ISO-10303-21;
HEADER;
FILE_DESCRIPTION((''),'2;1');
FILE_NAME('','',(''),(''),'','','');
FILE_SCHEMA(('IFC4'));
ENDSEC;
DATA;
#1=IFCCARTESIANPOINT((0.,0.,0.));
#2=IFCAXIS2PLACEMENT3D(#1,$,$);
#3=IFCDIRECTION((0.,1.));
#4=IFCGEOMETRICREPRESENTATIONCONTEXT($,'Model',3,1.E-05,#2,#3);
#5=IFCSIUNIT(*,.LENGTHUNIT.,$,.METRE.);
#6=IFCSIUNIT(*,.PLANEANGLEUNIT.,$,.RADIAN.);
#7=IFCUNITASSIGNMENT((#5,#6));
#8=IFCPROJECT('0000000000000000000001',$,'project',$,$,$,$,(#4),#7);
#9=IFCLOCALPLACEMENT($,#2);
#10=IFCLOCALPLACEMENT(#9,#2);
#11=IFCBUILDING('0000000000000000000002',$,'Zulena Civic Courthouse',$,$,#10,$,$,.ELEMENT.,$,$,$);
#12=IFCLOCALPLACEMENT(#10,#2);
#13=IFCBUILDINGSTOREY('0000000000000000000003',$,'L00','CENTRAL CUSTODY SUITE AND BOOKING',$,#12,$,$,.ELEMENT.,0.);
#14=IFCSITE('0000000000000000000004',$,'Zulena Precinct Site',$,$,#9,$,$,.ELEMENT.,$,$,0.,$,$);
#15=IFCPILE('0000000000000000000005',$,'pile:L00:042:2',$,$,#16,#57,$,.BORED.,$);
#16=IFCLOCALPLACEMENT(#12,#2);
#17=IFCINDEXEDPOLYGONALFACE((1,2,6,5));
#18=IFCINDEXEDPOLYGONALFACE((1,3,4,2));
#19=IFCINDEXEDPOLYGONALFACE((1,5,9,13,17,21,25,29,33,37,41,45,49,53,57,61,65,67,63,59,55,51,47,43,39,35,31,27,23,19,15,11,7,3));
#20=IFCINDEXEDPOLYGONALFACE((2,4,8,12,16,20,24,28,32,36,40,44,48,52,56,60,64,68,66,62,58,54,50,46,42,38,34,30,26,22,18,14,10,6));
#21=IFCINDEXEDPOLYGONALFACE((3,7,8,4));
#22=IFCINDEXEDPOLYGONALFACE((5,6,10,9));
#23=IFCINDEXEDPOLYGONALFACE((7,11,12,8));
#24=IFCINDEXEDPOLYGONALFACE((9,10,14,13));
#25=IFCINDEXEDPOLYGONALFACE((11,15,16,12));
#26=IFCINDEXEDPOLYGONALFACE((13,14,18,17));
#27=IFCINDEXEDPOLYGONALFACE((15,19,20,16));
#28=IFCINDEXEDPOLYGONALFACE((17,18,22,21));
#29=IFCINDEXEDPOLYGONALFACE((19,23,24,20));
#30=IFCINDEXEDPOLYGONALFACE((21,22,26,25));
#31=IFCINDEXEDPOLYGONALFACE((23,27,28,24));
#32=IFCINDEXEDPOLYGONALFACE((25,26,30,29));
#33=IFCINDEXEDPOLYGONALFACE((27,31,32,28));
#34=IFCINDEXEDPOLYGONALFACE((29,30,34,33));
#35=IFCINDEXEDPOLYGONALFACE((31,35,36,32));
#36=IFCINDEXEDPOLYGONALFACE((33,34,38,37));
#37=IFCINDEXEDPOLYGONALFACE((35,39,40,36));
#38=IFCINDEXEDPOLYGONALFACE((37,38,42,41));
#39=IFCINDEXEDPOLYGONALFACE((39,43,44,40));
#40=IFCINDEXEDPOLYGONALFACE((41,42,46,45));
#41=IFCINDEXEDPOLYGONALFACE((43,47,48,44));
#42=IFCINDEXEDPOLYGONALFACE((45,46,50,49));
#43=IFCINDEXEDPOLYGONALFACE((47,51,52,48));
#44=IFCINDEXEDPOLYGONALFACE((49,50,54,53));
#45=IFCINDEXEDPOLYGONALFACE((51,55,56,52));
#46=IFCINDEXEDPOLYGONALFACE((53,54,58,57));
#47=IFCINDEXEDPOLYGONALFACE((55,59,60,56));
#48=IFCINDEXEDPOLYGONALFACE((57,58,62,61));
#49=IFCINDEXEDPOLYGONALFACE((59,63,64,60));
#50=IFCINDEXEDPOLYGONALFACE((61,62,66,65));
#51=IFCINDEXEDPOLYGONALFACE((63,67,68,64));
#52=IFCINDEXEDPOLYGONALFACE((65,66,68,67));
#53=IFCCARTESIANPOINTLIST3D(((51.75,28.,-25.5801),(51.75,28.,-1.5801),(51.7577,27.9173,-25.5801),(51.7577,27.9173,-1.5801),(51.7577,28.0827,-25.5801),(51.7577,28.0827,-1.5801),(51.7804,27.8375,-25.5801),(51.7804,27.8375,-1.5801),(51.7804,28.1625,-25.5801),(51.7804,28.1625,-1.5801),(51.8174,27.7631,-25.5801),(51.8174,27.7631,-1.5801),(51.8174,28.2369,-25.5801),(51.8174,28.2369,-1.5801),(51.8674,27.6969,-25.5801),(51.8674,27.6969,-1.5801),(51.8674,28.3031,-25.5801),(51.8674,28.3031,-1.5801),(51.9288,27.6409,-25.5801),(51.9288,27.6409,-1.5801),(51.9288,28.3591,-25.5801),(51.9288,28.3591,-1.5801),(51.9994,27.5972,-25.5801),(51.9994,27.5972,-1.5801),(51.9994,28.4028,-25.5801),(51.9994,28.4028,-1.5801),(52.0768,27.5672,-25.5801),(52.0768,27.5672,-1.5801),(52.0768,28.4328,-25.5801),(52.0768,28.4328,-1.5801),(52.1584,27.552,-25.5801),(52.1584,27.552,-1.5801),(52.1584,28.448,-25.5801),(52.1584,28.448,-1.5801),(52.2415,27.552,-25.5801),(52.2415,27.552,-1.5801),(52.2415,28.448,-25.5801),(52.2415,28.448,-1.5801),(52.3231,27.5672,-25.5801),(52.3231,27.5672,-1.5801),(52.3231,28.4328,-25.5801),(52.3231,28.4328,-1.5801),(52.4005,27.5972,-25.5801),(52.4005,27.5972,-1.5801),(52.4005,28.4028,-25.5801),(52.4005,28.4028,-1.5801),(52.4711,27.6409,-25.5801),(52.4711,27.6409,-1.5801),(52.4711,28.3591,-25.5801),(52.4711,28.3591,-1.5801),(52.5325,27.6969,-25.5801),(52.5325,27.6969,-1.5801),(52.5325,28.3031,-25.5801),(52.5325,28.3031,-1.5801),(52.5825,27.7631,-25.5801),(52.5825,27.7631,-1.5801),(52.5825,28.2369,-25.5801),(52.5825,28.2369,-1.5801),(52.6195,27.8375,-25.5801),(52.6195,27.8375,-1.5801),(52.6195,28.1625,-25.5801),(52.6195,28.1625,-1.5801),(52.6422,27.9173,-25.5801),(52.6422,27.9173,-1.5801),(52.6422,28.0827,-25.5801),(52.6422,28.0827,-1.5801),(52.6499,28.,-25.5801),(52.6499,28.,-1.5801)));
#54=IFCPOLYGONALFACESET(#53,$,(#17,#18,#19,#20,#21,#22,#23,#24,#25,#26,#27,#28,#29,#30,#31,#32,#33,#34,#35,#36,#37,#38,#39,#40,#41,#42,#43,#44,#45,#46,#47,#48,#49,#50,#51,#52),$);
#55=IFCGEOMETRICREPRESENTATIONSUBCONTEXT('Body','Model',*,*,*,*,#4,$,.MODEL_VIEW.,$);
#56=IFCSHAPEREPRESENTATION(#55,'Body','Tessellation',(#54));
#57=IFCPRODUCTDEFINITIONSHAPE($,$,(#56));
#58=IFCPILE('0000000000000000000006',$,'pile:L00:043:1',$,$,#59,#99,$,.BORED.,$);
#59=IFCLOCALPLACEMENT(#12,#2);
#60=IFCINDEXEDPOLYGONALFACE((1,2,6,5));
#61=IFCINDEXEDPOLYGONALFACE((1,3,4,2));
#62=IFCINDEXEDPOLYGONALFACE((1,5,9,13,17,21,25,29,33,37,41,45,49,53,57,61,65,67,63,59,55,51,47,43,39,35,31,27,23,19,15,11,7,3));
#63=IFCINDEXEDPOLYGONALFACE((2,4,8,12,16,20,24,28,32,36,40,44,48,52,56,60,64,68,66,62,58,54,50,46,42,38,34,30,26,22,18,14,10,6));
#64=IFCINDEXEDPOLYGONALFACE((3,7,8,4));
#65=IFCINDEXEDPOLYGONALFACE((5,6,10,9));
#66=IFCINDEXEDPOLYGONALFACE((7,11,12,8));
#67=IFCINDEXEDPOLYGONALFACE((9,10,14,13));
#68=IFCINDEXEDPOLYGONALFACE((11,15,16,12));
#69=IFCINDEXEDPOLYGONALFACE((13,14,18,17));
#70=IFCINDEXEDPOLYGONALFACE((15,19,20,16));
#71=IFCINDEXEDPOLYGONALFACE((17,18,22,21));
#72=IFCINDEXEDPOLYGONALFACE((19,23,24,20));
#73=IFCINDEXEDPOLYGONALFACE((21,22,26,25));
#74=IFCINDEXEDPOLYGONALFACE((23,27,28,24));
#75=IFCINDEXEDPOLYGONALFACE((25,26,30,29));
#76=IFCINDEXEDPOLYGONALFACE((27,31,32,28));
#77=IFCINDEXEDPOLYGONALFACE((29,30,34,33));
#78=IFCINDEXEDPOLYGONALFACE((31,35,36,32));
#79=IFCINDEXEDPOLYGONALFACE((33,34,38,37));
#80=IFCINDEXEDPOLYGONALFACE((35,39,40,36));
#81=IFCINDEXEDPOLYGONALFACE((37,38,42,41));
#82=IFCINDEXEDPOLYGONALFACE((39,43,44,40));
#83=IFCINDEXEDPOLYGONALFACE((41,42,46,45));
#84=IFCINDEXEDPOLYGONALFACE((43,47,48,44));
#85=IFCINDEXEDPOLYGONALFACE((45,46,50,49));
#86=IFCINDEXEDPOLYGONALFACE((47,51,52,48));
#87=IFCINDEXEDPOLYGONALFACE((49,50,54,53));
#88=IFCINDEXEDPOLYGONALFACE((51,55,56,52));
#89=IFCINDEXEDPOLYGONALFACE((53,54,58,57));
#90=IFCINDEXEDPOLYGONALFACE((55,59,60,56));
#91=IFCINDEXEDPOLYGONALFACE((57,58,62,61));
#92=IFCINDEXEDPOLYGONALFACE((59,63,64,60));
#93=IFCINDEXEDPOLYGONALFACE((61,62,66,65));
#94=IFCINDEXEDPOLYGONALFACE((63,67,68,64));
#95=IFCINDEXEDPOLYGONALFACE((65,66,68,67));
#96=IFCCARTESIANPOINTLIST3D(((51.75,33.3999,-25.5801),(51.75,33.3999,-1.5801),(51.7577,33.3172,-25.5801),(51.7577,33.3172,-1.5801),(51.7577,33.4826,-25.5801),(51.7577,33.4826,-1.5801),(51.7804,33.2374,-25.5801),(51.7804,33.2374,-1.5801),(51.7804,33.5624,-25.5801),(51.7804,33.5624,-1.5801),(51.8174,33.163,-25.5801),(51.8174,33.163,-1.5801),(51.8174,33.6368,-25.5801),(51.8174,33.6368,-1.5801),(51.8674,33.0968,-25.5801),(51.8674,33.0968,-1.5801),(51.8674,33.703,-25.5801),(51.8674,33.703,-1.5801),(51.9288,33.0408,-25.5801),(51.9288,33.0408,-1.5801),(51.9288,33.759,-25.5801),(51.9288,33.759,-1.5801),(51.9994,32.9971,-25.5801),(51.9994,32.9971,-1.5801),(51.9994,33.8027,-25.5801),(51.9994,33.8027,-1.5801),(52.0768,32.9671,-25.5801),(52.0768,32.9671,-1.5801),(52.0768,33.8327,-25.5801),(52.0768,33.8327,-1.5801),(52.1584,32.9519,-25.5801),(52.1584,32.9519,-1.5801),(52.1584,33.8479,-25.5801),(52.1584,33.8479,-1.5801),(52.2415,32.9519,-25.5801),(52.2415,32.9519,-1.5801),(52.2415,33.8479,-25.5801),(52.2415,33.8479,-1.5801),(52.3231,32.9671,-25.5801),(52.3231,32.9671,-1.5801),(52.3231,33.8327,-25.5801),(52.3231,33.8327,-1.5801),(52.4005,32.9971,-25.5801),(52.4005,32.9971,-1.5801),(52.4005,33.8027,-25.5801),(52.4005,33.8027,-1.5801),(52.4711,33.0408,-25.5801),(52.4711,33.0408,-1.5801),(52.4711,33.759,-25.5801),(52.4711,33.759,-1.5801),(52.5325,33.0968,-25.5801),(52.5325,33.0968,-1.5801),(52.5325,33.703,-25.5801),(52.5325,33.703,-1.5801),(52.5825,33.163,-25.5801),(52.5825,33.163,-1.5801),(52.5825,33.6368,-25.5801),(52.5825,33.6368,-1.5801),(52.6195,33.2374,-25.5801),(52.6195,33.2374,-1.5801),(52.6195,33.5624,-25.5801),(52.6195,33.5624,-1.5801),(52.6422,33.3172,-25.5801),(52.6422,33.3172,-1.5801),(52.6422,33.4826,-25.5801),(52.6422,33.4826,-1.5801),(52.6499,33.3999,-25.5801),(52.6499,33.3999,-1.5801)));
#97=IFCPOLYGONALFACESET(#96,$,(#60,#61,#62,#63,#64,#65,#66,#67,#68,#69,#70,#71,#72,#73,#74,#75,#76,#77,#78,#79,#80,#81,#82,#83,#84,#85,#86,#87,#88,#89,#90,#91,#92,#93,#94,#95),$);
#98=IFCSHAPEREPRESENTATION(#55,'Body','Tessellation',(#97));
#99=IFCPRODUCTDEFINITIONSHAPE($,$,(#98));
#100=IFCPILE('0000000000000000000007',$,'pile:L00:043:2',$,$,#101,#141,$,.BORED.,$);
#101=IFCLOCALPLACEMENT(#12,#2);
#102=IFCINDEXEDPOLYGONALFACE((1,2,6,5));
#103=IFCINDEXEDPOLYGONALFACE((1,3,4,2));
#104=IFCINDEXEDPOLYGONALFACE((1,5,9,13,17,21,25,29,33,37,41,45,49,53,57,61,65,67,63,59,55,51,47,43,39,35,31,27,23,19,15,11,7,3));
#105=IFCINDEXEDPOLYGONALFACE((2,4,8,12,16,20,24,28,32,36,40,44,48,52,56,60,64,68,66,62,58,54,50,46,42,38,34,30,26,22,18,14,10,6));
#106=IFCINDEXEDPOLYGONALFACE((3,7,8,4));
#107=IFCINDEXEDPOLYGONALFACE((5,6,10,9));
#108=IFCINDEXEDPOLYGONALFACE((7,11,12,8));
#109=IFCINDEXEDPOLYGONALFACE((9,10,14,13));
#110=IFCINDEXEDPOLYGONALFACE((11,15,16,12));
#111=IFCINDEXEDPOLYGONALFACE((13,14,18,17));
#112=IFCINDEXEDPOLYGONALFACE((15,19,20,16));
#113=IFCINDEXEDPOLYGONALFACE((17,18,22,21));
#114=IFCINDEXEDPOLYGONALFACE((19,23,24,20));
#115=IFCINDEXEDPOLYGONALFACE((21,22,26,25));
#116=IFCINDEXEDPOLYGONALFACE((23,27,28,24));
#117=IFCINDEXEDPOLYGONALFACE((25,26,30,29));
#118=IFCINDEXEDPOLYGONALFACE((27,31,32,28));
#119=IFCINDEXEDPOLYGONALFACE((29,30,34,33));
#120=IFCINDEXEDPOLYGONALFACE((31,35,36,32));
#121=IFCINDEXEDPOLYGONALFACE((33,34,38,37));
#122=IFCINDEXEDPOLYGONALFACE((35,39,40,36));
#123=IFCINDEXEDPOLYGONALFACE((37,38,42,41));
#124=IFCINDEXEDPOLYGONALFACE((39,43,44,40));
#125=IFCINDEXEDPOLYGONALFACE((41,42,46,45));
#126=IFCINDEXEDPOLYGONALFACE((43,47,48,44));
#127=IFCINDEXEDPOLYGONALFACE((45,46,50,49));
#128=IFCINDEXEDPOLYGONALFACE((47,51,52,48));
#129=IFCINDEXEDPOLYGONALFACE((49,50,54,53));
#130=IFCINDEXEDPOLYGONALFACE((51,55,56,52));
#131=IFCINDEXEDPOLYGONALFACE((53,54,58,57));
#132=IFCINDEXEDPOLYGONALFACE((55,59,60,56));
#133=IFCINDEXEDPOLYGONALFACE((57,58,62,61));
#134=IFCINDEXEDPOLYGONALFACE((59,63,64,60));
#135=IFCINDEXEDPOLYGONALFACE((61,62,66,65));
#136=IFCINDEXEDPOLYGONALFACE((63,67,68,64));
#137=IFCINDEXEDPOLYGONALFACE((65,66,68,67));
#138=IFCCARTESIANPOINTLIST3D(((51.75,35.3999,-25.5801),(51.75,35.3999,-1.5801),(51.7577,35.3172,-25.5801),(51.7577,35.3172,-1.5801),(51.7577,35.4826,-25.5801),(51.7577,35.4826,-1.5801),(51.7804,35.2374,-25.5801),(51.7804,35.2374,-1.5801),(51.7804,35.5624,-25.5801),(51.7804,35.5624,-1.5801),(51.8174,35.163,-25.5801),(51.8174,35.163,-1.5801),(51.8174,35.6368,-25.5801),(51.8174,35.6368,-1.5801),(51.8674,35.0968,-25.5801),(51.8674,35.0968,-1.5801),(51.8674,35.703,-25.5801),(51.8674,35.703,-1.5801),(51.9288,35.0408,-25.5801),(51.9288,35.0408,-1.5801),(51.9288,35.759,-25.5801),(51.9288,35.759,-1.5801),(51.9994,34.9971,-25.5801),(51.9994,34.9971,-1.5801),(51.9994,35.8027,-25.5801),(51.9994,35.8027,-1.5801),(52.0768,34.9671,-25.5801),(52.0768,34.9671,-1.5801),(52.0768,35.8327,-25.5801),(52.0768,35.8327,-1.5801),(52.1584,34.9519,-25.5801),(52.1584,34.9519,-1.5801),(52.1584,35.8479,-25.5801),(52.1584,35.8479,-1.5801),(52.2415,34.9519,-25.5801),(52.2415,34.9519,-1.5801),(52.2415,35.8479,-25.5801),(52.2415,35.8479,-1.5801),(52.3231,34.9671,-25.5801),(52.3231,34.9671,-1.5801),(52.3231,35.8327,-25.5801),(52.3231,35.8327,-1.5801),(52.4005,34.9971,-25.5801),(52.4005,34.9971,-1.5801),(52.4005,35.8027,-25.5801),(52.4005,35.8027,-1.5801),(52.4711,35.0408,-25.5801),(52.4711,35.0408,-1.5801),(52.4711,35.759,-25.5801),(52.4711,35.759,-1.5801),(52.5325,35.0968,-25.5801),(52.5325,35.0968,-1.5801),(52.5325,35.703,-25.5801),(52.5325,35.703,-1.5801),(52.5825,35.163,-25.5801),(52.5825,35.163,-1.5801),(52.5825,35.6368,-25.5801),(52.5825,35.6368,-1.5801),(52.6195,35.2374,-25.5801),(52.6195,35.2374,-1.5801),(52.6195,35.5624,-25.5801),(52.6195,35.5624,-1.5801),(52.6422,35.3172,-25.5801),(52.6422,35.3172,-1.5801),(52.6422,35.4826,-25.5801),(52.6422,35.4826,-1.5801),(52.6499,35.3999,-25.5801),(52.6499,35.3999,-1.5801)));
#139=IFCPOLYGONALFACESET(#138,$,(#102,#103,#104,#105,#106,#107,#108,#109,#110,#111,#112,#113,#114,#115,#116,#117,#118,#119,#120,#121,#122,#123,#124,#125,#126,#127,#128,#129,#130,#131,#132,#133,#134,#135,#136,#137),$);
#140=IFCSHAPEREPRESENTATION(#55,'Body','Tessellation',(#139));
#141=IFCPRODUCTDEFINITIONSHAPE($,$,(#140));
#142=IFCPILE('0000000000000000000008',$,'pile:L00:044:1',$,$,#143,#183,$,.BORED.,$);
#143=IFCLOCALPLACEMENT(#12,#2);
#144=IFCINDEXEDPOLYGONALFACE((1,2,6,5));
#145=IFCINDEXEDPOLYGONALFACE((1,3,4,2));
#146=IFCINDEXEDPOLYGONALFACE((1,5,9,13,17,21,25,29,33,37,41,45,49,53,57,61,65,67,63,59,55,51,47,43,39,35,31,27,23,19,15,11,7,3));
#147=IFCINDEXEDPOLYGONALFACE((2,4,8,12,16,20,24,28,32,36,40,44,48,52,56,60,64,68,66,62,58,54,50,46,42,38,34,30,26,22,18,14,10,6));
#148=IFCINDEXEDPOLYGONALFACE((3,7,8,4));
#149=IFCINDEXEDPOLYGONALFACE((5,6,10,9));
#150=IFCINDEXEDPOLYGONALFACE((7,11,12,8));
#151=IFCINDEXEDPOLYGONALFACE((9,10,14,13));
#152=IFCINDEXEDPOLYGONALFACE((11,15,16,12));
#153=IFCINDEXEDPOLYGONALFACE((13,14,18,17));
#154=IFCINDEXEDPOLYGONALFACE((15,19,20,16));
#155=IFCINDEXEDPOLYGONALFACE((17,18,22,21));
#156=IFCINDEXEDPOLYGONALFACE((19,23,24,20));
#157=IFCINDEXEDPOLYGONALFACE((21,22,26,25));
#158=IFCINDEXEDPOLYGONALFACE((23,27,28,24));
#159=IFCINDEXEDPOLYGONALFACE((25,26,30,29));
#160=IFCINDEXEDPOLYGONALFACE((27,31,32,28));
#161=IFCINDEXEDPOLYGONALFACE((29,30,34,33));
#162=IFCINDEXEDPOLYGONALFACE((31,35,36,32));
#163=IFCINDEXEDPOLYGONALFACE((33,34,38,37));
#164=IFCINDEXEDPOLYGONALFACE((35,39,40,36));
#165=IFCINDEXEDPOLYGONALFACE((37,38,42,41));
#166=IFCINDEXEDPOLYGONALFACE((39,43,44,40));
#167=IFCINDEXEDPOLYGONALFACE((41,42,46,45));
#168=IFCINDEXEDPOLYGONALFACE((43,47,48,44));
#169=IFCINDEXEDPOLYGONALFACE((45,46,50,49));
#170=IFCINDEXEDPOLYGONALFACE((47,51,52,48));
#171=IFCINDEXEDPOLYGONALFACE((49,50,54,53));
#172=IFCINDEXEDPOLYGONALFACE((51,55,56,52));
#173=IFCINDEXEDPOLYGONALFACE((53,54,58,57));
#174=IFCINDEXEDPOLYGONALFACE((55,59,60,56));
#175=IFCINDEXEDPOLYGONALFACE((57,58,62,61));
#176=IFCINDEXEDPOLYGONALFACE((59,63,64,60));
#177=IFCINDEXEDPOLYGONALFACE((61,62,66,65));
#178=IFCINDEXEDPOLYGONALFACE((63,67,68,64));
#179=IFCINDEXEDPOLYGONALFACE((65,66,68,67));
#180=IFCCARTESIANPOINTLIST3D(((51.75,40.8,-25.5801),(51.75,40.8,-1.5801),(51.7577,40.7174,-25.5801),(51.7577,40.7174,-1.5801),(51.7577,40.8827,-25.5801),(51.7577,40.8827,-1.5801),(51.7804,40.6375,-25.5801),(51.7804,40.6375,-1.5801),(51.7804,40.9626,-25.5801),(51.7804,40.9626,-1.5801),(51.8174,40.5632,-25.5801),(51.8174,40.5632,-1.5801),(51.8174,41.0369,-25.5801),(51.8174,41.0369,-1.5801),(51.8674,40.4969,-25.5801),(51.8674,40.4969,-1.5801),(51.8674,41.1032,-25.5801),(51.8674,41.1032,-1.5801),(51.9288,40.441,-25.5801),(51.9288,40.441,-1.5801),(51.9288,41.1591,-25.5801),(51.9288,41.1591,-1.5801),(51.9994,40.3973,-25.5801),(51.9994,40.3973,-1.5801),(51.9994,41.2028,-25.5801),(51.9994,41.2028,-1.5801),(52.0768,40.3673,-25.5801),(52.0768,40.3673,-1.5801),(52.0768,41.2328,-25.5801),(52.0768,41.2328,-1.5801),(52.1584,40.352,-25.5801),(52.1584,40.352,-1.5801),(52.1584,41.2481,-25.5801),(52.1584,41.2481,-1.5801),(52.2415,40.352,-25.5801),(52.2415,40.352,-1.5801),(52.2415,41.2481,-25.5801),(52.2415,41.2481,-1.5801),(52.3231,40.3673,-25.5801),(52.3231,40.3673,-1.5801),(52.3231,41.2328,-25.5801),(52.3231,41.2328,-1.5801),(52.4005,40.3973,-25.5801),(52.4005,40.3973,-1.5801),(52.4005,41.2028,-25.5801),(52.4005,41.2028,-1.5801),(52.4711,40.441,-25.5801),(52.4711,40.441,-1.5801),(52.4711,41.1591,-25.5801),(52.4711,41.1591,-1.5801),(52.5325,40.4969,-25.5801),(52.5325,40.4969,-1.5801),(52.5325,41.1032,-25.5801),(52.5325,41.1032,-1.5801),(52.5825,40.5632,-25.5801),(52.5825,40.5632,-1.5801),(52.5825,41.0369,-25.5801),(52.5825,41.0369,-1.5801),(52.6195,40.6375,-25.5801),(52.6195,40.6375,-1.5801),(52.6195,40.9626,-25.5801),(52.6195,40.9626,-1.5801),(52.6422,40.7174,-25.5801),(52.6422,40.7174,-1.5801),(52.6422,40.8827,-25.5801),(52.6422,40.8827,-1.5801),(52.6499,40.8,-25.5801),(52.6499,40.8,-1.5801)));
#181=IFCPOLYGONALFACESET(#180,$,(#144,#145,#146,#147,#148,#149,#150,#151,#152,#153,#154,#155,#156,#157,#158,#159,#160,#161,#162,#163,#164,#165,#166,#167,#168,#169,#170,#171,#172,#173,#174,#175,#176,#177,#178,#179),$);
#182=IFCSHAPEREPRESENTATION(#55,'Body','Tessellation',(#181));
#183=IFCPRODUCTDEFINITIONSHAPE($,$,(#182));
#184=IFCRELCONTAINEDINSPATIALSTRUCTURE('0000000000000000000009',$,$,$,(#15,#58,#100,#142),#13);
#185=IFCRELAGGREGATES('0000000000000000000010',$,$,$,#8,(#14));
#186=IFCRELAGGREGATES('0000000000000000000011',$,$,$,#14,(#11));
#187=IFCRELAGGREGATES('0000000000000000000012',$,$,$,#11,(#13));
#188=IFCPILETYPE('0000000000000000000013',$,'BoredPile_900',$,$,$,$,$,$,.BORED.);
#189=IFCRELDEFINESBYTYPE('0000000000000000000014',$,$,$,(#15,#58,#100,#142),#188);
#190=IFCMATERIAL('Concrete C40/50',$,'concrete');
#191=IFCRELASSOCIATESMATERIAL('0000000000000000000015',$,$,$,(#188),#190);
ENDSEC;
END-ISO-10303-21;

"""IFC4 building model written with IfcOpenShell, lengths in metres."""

from ifc_helpers import new_model, si_unit, direction, frame, origin, origin_2d, place, context, subcontext, project, spatial, circle, extrude, material, material_profile, profile_set, type_object, element, save


model = new_model("IFC4")

# Units and contexts
model_context = context("Model", 3, precision=1e-05, world=origin(), true_north=direction((0.0, 1.0)))
body_context = subcontext(model_context, "Body", "Model", "MODEL_VIEW")
ifc_project = project(units=[si_unit("LENGTHUNIT", "METRE"), si_unit("PLANEANGLEUNIT", "RADIAN")], contexts=[model_context])

# Site, building, storey
site_placement = place(None, origin())
site = spatial("IfcSite", under=ifc_project, at=site_placement, Name="Zulena Precinct Site", CompositionType="ELEMENT", RefElevation=0.0)
building_placement = place(site_placement, origin())
building = spatial("IfcBuilding", under=site, at=building_placement, Name="Zulena Civic Courthouse", CompositionType="ELEMENT")
storey_placement = place(building_placement, origin())
storey = spatial("IfcBuildingStorey", under=building, at=storey_placement, Name="L00", Description="CENTRAL CUSTODY SUITE AND BOOKING", CompositionType="ELEMENT", Elevation=0.0)

# Piles
ifc_material_1 = material(Name="Concrete C40/50", Category="concrete")
ifc_material_profile_1 = material_profile(ifc_material_1, circle(Radius=0.45, at=origin_2d()), Name="PILE900")
ifc_profile_set_1 = profile_set([ifc_material_profile_1], Name="Concrete C40/50")
pile_type_1 = type_object("IfcPileType", Name="BoredPile_900", PredefinedType="BORED", material=ifc_profile_set_1)
for number, where, z_axis, x_axis, name in (
    (1, (52.2, 28.0, -1.5801), (0.0, 0.0, -1.0), (1.0, 0.0, 0.0), "pile:L00:042:2"),
    (2, (52.2, 33.3999, -1.5801), (0.0, 0.0, -1.0), (1.0, 0.0, 0.0), "pile:L00:043:1"),
    (3, (52.2, 35.3999, -1.5801), (0.0, 0.0, -1.0), (1.0, 0.0, 0.0), "pile:L00:043:2"),
    (4, (52.2, 40.8, -1.5801), (0.0, 0.0, -1.0), (1.0, 0.0, 0.0), "pile:L00:044:1"),
):
    element("IfcPile", number, at=place(storey_placement, frame(where, z_axis=z_axis, x_axis=x_axis)), inside=storey, type_object=pile_type_1, Name=name, PredefinedType="BORED", context=body_context, shape_type="SweptSolid", body=[
        extrude(circle(Radius=0.45, at=origin_2d()), origin(), (0.0, 0.0, 1.0), 24.0),
    ])

save(model, "model.ifc")
